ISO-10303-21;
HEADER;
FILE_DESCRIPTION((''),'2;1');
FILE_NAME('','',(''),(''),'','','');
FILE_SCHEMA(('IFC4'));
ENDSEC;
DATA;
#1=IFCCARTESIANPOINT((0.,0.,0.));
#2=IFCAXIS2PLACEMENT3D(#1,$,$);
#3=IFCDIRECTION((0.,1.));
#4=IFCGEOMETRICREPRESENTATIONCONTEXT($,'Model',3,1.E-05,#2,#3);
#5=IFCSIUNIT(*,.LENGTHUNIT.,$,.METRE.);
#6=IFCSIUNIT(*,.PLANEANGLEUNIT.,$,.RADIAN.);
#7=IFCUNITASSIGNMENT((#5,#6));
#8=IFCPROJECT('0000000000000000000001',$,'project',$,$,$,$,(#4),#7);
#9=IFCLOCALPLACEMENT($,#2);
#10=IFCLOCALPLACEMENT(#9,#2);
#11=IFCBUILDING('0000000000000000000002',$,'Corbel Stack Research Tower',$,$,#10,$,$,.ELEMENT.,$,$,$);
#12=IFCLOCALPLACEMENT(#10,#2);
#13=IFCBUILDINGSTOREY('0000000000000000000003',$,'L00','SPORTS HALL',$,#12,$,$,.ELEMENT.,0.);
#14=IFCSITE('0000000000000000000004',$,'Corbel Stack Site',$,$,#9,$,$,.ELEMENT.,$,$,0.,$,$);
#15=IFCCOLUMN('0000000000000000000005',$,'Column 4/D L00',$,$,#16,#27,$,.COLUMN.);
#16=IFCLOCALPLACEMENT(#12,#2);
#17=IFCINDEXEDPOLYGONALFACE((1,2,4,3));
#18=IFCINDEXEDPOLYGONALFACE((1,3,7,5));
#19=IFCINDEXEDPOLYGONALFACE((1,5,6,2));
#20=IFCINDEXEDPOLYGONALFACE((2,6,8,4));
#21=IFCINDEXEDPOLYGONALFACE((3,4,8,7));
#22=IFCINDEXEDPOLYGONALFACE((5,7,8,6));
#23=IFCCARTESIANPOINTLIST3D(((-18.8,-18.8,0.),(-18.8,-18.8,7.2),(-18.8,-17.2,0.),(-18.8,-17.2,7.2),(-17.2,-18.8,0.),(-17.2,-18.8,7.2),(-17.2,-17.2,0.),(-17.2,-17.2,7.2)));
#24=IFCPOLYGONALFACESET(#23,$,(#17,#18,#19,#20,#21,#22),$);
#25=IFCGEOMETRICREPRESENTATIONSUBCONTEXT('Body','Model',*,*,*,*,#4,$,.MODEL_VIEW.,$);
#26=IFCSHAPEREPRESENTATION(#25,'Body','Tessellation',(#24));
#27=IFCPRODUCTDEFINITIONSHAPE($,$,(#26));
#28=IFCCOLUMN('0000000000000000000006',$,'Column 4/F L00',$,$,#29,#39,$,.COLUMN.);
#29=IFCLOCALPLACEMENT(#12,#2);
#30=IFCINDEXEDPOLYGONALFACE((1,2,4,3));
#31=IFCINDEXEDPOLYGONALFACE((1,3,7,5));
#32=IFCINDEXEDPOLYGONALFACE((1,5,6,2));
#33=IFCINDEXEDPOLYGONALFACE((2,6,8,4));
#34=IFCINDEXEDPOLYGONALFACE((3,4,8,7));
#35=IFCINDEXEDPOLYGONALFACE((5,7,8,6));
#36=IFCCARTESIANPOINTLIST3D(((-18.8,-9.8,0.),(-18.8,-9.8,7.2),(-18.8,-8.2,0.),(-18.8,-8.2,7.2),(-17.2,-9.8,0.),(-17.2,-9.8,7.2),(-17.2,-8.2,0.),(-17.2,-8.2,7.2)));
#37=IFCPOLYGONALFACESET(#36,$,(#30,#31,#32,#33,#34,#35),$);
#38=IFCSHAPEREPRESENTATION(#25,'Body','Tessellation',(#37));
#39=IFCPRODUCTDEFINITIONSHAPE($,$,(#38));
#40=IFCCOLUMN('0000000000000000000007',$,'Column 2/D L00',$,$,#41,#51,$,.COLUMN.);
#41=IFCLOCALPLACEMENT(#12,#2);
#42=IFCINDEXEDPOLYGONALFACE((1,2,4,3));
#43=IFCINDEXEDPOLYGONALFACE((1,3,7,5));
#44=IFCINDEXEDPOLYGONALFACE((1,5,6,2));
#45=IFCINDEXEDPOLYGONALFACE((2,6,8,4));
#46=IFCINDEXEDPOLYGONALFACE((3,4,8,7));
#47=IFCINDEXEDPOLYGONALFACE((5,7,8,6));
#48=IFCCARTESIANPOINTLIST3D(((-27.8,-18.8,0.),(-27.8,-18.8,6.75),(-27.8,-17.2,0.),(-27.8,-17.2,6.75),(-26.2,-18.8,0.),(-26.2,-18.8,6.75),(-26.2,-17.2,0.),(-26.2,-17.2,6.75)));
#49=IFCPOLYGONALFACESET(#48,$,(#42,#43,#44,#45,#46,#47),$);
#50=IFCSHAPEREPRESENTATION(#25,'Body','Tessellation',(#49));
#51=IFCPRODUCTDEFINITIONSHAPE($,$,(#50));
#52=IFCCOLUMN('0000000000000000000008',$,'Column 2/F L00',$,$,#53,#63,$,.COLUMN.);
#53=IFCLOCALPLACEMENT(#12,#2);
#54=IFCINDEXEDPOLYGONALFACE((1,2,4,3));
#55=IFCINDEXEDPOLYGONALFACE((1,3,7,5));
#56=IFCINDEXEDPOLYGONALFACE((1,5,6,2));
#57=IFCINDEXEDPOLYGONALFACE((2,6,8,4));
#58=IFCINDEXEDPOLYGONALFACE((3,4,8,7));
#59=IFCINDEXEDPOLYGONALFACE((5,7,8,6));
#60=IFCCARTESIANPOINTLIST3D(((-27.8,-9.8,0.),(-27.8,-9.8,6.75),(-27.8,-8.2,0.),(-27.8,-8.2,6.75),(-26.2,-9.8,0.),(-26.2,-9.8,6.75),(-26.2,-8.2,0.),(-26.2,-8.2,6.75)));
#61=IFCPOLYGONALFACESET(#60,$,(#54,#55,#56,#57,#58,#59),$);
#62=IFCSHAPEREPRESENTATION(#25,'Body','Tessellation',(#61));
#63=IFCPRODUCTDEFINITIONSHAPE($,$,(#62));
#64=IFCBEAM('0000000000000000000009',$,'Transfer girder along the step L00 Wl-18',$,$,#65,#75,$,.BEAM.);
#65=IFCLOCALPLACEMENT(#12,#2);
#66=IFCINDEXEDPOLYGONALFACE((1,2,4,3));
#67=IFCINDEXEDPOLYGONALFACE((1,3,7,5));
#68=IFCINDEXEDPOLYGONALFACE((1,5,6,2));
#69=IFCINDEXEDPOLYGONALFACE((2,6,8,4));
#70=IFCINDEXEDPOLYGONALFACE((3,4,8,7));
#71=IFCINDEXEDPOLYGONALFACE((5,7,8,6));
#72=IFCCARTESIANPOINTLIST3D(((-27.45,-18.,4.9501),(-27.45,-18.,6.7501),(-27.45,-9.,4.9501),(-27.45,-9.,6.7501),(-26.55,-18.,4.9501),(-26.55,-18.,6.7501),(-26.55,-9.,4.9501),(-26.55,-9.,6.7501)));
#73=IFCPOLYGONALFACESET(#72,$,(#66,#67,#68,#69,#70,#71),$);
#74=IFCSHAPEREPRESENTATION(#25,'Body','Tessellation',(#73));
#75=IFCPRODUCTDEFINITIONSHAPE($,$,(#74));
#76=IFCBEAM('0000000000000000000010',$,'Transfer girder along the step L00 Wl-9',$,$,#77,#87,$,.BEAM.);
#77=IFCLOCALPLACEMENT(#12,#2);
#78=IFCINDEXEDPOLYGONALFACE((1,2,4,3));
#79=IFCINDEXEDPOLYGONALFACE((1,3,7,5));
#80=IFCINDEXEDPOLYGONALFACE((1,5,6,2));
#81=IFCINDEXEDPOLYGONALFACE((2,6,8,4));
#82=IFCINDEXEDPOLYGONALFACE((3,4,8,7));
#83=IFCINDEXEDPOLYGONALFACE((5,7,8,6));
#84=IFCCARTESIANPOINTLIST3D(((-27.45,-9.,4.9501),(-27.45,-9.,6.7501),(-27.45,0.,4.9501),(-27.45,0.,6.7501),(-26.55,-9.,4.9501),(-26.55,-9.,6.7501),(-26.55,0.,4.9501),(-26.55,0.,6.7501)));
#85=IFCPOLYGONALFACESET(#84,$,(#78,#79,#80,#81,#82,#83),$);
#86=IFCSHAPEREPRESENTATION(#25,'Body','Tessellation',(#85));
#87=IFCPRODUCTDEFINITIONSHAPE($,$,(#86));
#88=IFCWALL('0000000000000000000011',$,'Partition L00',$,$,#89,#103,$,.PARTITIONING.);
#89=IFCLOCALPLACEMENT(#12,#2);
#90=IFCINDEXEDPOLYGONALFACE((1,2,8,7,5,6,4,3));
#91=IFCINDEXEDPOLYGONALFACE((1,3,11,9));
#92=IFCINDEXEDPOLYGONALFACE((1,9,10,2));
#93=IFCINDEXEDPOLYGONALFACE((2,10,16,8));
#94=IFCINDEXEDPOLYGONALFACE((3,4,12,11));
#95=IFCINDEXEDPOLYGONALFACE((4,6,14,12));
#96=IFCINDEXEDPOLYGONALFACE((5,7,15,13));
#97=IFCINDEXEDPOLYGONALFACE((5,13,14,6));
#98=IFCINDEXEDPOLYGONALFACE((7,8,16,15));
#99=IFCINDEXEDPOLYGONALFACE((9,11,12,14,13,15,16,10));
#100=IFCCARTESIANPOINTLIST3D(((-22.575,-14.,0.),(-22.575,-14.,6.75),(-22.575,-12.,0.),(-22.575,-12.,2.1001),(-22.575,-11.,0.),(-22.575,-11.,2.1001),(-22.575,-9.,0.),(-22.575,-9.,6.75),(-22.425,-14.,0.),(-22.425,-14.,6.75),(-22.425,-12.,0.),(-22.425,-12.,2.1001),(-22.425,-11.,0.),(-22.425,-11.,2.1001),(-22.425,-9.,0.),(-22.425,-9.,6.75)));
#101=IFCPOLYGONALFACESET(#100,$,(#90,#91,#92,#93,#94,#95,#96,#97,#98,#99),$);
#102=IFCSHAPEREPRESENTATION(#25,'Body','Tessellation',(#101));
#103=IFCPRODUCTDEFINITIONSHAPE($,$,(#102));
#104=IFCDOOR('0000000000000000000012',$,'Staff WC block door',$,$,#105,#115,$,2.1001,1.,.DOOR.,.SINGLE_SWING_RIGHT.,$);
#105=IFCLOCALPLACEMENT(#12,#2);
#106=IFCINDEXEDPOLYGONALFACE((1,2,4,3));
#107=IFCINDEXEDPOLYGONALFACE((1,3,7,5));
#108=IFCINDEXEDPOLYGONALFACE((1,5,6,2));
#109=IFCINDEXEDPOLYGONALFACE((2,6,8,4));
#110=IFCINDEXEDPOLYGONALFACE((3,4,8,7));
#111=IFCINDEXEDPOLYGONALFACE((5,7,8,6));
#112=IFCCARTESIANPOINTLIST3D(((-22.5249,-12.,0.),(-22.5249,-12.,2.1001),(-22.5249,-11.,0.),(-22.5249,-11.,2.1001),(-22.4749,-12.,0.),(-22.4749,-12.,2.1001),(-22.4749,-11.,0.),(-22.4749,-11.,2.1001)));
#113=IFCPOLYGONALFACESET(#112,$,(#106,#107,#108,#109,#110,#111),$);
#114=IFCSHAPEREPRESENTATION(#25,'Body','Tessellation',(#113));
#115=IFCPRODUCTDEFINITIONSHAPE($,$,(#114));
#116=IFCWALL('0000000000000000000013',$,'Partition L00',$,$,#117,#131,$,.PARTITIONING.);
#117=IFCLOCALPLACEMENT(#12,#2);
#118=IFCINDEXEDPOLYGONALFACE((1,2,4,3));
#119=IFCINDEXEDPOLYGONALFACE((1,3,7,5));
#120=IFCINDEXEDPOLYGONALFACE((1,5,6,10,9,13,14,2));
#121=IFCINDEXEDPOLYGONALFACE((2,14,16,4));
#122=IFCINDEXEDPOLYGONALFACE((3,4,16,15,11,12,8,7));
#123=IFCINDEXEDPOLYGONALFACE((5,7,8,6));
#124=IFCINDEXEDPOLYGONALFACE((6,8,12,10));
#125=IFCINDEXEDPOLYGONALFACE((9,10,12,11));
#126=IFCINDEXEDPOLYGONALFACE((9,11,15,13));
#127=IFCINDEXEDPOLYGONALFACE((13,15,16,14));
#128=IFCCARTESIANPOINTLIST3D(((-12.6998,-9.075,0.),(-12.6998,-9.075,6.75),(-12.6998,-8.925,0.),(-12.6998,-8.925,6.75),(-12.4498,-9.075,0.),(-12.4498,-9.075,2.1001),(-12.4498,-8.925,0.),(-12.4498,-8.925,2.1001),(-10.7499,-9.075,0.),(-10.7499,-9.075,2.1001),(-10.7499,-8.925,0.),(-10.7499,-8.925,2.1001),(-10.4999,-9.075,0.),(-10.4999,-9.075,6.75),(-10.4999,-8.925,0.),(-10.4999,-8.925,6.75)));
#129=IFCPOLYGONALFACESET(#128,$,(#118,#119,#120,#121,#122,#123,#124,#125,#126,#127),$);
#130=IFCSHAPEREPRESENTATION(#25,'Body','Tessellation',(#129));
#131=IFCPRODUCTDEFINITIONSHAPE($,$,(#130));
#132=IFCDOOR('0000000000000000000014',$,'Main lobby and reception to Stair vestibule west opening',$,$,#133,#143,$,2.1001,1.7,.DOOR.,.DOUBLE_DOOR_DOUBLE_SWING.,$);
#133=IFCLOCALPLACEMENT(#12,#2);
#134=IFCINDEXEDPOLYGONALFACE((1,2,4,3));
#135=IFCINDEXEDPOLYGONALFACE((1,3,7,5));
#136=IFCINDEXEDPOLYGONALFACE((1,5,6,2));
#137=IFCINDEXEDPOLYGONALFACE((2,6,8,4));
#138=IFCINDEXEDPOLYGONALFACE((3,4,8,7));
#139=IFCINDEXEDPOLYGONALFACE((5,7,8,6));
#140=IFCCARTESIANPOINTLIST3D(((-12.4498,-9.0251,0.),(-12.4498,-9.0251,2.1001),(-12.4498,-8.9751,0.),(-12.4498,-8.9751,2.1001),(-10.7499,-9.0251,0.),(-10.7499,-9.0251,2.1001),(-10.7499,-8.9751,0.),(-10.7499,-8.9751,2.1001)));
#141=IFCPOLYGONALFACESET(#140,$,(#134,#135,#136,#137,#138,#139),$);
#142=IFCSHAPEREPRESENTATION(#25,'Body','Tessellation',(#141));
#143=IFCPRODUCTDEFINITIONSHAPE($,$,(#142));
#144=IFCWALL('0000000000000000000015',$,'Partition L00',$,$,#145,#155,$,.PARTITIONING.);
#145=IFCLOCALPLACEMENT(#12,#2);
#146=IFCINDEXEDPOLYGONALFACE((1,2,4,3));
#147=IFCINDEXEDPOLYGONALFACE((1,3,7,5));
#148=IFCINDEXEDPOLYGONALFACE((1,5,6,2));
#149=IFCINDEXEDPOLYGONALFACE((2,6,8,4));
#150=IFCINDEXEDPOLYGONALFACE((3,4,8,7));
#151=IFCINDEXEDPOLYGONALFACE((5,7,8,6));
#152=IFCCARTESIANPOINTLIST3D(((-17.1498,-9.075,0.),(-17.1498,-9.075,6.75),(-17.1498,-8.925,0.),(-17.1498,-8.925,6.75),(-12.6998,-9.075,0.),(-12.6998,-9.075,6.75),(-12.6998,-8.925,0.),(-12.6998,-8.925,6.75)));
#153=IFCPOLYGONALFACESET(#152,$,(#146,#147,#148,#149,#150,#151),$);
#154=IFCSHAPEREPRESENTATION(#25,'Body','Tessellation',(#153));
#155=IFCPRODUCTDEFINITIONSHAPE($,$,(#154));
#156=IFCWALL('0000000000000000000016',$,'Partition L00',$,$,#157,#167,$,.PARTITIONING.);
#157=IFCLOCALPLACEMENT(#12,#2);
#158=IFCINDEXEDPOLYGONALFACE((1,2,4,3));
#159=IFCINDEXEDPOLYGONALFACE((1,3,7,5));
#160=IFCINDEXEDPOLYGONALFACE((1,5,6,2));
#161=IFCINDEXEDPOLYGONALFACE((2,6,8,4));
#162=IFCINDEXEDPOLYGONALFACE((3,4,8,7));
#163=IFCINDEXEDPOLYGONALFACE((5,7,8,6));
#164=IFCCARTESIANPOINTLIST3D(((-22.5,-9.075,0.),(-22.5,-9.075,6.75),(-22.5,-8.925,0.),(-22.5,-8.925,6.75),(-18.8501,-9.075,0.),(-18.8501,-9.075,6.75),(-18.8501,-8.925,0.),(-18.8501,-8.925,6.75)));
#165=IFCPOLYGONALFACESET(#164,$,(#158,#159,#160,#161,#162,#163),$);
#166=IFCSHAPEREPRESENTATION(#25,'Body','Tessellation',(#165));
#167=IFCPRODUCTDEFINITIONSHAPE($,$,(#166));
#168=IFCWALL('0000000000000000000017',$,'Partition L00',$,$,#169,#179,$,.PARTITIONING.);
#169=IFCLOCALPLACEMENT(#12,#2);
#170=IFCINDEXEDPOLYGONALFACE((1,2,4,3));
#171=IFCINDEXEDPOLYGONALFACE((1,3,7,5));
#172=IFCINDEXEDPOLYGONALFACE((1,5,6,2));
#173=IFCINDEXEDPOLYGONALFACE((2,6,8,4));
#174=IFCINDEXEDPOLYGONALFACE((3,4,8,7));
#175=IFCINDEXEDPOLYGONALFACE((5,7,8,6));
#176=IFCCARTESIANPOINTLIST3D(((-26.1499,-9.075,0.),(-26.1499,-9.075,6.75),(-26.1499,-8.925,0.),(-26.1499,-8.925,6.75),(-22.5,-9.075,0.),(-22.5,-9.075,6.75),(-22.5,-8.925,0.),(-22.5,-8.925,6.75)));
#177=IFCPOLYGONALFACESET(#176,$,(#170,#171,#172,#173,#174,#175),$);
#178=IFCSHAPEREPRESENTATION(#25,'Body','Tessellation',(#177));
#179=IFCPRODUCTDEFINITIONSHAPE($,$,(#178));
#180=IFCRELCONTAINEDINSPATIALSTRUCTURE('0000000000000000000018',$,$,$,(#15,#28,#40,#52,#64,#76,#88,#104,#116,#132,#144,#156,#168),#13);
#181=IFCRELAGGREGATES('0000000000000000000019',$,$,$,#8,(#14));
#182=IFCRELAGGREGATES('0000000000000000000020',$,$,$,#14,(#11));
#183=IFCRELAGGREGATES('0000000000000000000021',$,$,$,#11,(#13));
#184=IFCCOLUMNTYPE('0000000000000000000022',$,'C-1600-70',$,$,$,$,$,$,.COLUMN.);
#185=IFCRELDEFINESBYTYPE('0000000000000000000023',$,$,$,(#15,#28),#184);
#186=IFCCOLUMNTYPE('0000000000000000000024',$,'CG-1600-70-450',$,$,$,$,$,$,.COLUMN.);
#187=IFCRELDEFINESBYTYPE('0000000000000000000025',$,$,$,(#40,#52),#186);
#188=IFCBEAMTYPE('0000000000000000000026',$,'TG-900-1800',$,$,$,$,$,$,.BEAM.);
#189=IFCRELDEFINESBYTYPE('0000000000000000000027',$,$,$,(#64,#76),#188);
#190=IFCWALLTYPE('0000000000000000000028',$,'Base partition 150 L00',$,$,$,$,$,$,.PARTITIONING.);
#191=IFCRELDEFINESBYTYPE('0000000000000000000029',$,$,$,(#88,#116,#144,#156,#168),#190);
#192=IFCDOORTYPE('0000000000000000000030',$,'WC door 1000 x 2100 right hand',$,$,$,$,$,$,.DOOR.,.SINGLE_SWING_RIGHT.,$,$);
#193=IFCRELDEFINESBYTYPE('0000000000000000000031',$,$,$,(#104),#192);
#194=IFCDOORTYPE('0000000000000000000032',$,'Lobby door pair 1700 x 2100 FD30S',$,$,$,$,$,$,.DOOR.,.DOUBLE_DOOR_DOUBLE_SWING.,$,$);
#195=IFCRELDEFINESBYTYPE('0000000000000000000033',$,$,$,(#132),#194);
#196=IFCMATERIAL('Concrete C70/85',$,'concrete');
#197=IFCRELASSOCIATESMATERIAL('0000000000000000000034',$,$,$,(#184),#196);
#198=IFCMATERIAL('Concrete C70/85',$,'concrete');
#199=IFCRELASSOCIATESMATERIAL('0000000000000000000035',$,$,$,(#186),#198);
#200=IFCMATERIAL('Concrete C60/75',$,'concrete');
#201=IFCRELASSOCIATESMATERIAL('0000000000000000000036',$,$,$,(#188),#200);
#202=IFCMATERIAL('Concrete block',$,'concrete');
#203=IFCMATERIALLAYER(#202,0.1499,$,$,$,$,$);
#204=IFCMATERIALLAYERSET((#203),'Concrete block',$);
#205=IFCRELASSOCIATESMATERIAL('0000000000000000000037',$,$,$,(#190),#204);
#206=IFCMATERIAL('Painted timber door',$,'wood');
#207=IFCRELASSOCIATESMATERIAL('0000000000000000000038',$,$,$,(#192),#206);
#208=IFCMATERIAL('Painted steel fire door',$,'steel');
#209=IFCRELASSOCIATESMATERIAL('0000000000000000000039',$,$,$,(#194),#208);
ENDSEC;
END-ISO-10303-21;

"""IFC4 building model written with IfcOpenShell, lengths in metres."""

from ifc_helpers import new_model, si_unit, direction, frame, frame_2d, origin, origin_2d, place, context, subcontext, project, spatial, rectangle, extrude, material, layer, layer_set, material_profile, profile_set, type_object, element, fill, save


model = new_model("IFC4")

# Units and contexts
model_context = context("Model", 3, precision=1e-05, world=origin(), true_north=direction((0.0, 1.0)))
body_context = subcontext(model_context, "Body", "Model", "MODEL_VIEW")
ifc_project = project(units=[si_unit("LENGTHUNIT", "METRE"), si_unit("PLANEANGLEUNIT", "RADIAN")], contexts=[model_context])

# Site, building, storey
site_placement = place(None, origin())
site = spatial("IfcSite", under=ifc_project, at=site_placement, Name="Corbel Stack Site", CompositionType="ELEMENT", RefElevation=0.0)
building_placement = place(site_placement, origin())
building = spatial("IfcBuilding", under=site, at=building_placement, Name="Corbel Stack Research Tower", CompositionType="ELEMENT")
storey_placement = place(building_placement, origin())
storey = spatial("IfcBuildingStorey", under=building, at=storey_placement, Name="L00", Description="SPORTS HALL", CompositionType="ELEMENT", Elevation=0.0)

# Columns
ifc_material_1 = material(Name="Concrete C70/85", Category="concrete")
ifc_material_profile_1 = material_profile(ifc_material_1, rectangle(XDim=1.6001, YDim=1.6001, at=origin_2d()), Name="RC 1600 x 1600")
ifc_profile_set_1 = profile_set([ifc_material_profile_1], Name="Concrete C70/85")
column_type_1 = type_object("IfcColumnType", Name="C-1600-70", PredefinedType="COLUMN", material=ifc_profile_set_1)
for number, where, z_axis, x_axis, name in (
    (1, (-18.0, -18.0, 0.0), (0.0, 0.0, 1.0), (1.0, 0.0, 0.0), "Column 4/D L00"),
    (2, (-18.0, -9.0, 0.0), (0.0, 0.0, 1.0), (1.0, 0.0, 0.0), "Column 4/F L00"),
):
    element("IfcColumn", number, at=place(storey_placement, frame(where, z_axis=z_axis, x_axis=x_axis)), inside=storey, type_object=column_type_1, Name=name, PredefinedType="COLUMN", context=body_context, shape_type="SweptSolid", body=[
        extrude(rectangle(XDim=1.6001, YDim=1.6001, at=origin_2d()), origin(), (0.0, 0.0, 1.0), 7.2),
    ])
ifc_material_2 = material(Name="Concrete C70/85", Category="concrete")
ifc_material_profile_2 = material_profile(ifc_material_2, rectangle(XDim=1.6001, YDim=1.6001, at=origin_2d()), Name="RC 1600 x 1600")
ifc_profile_set_2 = profile_set([ifc_material_profile_2], Name="Concrete C70/85")
column_type_2 = type_object("IfcColumnType", Name="CG-1600-70-450", PredefinedType="COLUMN", material=ifc_profile_set_2)
for number, where, z_axis, x_axis, name in (
    (3, (-27.0, -18.0, 0.0), (0.0, 0.0, 1.0), (1.0, 0.0, 0.0), "Column 2/D L00"),
    (4, (-27.0, -9.0, 0.0), (0.0, 0.0, 1.0), (1.0, 0.0, 0.0), "Column 2/F L00"),
):
    element("IfcColumn", number, at=place(storey_placement, frame(where, z_axis=z_axis, x_axis=x_axis)), inside=storey, type_object=column_type_2, Name=name, PredefinedType="COLUMN", context=body_context, shape_type="SweptSolid", body=[
        extrude(rectangle(XDim=1.6001, YDim=1.6001, at=origin_2d()), origin(), (0.0, 0.0, 1.0), 6.75),
    ])

# Beams
ifc_material_3 = material(Name="Concrete C60/75", Category="concrete")
ifc_material_profile_3 = material_profile(ifc_material_3, rectangle(XDim=0.8999, YDim=1.8, at=origin_2d()), Name="RC 900 x 1800")
ifc_profile_set_3 = profile_set([ifc_material_profile_3], Name="Concrete C60/75")
beam_type = type_object("IfcBeamType", Name="TG-900-1800", PredefinedType="BEAM", material=ifc_profile_set_3)
for number, where, z_axis, x_axis, name in (
    (5, (-27.0, -18.0, 5.8501), (0.0, 1.0, 0.0), (-1.0, 0.0, 0.0), "Transfer girder along the step L00 Wl-18"),
    (6, (-27.0, -9.0, 5.8501), (0.0, 1.0, 0.0), (-1.0, 0.0, 0.0), "Transfer girder along the step L00 Wl-9"),
):
    element("IfcBeam", number, at=place(storey_placement, frame(where, z_axis=z_axis, x_axis=x_axis)), inside=storey, type_object=beam_type, Name=name, PredefinedType="BEAM", context=body_context, shape_type="SweptSolid", body=[
        extrude(rectangle(XDim=0.8999, YDim=1.8, at=origin_2d()), origin(), (0.0, 0.0, 1.0), 9.0),
    ])

# Walls, openings, doors
ifc_material_4 = material(Name="Concrete block", Category="concrete")
ifc_layer_1 = layer(ifc_material_4, 0.1499)
ifc_layer_set_1 = layer_set([ifc_layer_1], Name="Concrete block")
wall_type_1 = type_object("IfcWallType", Name="Base partition 150 L00", PredefinedType="PARTITIONING", material=ifc_layer_set_1)
wall_1_placement = place(storey_placement, frame((-22.5, -14.0, 0.0), z_axis=(0.0, 0.0, 1.0), x_axis=(0.0, 1.0, 0.0)))
wall_1 = element("IfcWall", 7, at=wall_1_placement, inside=storey, type_object=wall_type_1, Name="Partition L00", PredefinedType="PARTITIONING", context=body_context, shape_type="SweptSolid", body=[
    extrude(rectangle(XDim=5.0, YDim=0.1499, at=frame_2d((2.5, 0.0))), origin(), (0.0, 0.0, 1.0), 6.75),
])
opening_1_placement = place(wall_1_placement, frame((2.0, 0.0, 0.0)))
opening_1 = element("IfcOpeningElement", 8, at=opening_1_placement, cuts=wall_1, PredefinedType="OPENING", context=body_context, shape_type="SweptSolid", body=[
    extrude(rectangle(XDim=1.0, YDim=2.1001, at=frame_2d((0.5, 1.05))), frame((0.0, 0.085, 0.0), z_axis=(0.0, -1.0, 0.0), x_axis=(1.0, 0.0, 0.0)), (0.0, 0.0, 1.0), 0.1699),
])
ifc_material_5 = material(Name="Painted timber door", Category="wood")
door_type_1 = type_object("IfcDoorType", Name="WC door 1000 x 2100 right hand", OperationType="SINGLE_SWING_RIGHT", PredefinedType="DOOR", material=ifc_material_5)
door_1_placement = place(opening_1_placement, origin())
door_1 = element("IfcDoor", 9, at=door_1_placement, inside=storey, type_object=door_type_1, Name="Staff WC block door", OperationType="SINGLE_SWING_RIGHT", OverallHeight=2.1001, OverallWidth=1.0, PredefinedType="DOOR", context=body_context, shape_type="SweptSolid", body=[
    extrude(rectangle(XDim=1.0, YDim=2.1001, at=frame_2d((0.5, 1.05))), frame((0.0, 0.0249, 0.0), z_axis=(0.0, -1.0, 0.0), x_axis=(1.0, 0.0, 0.0)), (0.0, 0.0, 1.0), 0.05),
])
fill(opening_1, door_1)
wall_2_placement = place(storey_placement, frame((-12.7, -9.0, 0.0), z_axis=(0.0, 0.0, 1.0), x_axis=(1.0, 0.0, 0.0)))
wall_2 = element("IfcWall", 10, at=wall_2_placement, inside=storey, type_object=wall_type_1, Name="Partition L00", PredefinedType="PARTITIONING", context=body_context, shape_type="SweptSolid", body=[
    extrude(rectangle(XDim=2.2, YDim=0.1499, at=frame_2d((1.1001, 0.0))), origin(), (0.0, 0.0, 1.0), 6.75),
])
opening_2_placement = place(wall_2_placement, frame((0.25, 0.0, 0.0)))
opening_2 = element("IfcOpeningElement", 11, at=opening_2_placement, cuts=wall_2, PredefinedType="OPENING", context=body_context, shape_type="SweptSolid", body=[
    extrude(rectangle(XDim=1.7, YDim=2.1001, at=frame_2d((0.8501, 1.05))), frame((0.0, 0.085, 0.0), z_axis=(0.0, -1.0, 0.0), x_axis=(1.0, 0.0, 0.0)), (0.0, 0.0, 1.0), 0.1699),
])
ifc_material_6 = material(Name="Painted steel fire door", Category="steel")
door_type_2 = type_object("IfcDoorType", Name="Lobby door pair 1700 x 2100 FD30S", OperationType="DOUBLE_DOOR_DOUBLE_SWING", PredefinedType="DOOR", material=ifc_material_6)
door_2_placement = place(opening_2_placement, origin())
door_2 = element("IfcDoor", 12, at=door_2_placement, inside=storey, type_object=door_type_2, Name="Main lobby and reception to Stair vestibule west opening", OperationType="DOUBLE_DOOR_DOUBLE_SWING", OverallHeight=2.1001, OverallWidth=1.7, PredefinedType="DOOR", context=body_context, shape_type="SweptSolid", body=[
    extrude(rectangle(XDim=1.7, YDim=2.1001, at=frame_2d((0.8501, 1.05))), frame((0.0, 0.0249, 0.0), z_axis=(0.0, -1.0, 0.0), x_axis=(1.0, 0.0, 0.0)), (0.0, 0.0, 1.0), 0.05),
])
fill(opening_2, door_2)

# Walls
wall_3_placement = place(storey_placement, frame((-17.1499, -9.0, 0.0), z_axis=(0.0, 0.0, 1.0), x_axis=(1.0, 0.0, 0.0)))
element("IfcWall", 13, at=wall_3_placement, inside=storey, type_object=wall_type_1, Name="Partition L00", PredefinedType="PARTITIONING", context=body_context, shape_type="SweptSolid", body=[
    extrude(rectangle(XDim=4.45, YDim=0.1499, at=frame_2d((2.2251, 0.0))), origin(), (0.0, 0.0, 1.0), 6.75),
])
for number, where, z_axis, x_axis, name in (
    (14, (-22.5, -9.0, 0.0), (0.0, 0.0, 1.0), (1.0, 0.0, 0.0), "Partition L00"),
    (15, (-26.1499, -9.0, 0.0), (0.0, 0.0, 1.0), (1.0, 0.0, 0.0), "Partition L00"),
):
    element("IfcWall", number, at=place(storey_placement, frame(where, z_axis=z_axis, x_axis=x_axis)), inside=storey, type_object=wall_type_1, Name=name, PredefinedType="PARTITIONING", context=body_context, shape_type="SweptSolid", body=[
        extrude(rectangle(XDim=3.6499, YDim=0.1499, at=frame_2d((1.825, 0.0))), origin(), (0.0, 0.0, 1.0), 6.75),
    ])

save(model, "model.ifc")
